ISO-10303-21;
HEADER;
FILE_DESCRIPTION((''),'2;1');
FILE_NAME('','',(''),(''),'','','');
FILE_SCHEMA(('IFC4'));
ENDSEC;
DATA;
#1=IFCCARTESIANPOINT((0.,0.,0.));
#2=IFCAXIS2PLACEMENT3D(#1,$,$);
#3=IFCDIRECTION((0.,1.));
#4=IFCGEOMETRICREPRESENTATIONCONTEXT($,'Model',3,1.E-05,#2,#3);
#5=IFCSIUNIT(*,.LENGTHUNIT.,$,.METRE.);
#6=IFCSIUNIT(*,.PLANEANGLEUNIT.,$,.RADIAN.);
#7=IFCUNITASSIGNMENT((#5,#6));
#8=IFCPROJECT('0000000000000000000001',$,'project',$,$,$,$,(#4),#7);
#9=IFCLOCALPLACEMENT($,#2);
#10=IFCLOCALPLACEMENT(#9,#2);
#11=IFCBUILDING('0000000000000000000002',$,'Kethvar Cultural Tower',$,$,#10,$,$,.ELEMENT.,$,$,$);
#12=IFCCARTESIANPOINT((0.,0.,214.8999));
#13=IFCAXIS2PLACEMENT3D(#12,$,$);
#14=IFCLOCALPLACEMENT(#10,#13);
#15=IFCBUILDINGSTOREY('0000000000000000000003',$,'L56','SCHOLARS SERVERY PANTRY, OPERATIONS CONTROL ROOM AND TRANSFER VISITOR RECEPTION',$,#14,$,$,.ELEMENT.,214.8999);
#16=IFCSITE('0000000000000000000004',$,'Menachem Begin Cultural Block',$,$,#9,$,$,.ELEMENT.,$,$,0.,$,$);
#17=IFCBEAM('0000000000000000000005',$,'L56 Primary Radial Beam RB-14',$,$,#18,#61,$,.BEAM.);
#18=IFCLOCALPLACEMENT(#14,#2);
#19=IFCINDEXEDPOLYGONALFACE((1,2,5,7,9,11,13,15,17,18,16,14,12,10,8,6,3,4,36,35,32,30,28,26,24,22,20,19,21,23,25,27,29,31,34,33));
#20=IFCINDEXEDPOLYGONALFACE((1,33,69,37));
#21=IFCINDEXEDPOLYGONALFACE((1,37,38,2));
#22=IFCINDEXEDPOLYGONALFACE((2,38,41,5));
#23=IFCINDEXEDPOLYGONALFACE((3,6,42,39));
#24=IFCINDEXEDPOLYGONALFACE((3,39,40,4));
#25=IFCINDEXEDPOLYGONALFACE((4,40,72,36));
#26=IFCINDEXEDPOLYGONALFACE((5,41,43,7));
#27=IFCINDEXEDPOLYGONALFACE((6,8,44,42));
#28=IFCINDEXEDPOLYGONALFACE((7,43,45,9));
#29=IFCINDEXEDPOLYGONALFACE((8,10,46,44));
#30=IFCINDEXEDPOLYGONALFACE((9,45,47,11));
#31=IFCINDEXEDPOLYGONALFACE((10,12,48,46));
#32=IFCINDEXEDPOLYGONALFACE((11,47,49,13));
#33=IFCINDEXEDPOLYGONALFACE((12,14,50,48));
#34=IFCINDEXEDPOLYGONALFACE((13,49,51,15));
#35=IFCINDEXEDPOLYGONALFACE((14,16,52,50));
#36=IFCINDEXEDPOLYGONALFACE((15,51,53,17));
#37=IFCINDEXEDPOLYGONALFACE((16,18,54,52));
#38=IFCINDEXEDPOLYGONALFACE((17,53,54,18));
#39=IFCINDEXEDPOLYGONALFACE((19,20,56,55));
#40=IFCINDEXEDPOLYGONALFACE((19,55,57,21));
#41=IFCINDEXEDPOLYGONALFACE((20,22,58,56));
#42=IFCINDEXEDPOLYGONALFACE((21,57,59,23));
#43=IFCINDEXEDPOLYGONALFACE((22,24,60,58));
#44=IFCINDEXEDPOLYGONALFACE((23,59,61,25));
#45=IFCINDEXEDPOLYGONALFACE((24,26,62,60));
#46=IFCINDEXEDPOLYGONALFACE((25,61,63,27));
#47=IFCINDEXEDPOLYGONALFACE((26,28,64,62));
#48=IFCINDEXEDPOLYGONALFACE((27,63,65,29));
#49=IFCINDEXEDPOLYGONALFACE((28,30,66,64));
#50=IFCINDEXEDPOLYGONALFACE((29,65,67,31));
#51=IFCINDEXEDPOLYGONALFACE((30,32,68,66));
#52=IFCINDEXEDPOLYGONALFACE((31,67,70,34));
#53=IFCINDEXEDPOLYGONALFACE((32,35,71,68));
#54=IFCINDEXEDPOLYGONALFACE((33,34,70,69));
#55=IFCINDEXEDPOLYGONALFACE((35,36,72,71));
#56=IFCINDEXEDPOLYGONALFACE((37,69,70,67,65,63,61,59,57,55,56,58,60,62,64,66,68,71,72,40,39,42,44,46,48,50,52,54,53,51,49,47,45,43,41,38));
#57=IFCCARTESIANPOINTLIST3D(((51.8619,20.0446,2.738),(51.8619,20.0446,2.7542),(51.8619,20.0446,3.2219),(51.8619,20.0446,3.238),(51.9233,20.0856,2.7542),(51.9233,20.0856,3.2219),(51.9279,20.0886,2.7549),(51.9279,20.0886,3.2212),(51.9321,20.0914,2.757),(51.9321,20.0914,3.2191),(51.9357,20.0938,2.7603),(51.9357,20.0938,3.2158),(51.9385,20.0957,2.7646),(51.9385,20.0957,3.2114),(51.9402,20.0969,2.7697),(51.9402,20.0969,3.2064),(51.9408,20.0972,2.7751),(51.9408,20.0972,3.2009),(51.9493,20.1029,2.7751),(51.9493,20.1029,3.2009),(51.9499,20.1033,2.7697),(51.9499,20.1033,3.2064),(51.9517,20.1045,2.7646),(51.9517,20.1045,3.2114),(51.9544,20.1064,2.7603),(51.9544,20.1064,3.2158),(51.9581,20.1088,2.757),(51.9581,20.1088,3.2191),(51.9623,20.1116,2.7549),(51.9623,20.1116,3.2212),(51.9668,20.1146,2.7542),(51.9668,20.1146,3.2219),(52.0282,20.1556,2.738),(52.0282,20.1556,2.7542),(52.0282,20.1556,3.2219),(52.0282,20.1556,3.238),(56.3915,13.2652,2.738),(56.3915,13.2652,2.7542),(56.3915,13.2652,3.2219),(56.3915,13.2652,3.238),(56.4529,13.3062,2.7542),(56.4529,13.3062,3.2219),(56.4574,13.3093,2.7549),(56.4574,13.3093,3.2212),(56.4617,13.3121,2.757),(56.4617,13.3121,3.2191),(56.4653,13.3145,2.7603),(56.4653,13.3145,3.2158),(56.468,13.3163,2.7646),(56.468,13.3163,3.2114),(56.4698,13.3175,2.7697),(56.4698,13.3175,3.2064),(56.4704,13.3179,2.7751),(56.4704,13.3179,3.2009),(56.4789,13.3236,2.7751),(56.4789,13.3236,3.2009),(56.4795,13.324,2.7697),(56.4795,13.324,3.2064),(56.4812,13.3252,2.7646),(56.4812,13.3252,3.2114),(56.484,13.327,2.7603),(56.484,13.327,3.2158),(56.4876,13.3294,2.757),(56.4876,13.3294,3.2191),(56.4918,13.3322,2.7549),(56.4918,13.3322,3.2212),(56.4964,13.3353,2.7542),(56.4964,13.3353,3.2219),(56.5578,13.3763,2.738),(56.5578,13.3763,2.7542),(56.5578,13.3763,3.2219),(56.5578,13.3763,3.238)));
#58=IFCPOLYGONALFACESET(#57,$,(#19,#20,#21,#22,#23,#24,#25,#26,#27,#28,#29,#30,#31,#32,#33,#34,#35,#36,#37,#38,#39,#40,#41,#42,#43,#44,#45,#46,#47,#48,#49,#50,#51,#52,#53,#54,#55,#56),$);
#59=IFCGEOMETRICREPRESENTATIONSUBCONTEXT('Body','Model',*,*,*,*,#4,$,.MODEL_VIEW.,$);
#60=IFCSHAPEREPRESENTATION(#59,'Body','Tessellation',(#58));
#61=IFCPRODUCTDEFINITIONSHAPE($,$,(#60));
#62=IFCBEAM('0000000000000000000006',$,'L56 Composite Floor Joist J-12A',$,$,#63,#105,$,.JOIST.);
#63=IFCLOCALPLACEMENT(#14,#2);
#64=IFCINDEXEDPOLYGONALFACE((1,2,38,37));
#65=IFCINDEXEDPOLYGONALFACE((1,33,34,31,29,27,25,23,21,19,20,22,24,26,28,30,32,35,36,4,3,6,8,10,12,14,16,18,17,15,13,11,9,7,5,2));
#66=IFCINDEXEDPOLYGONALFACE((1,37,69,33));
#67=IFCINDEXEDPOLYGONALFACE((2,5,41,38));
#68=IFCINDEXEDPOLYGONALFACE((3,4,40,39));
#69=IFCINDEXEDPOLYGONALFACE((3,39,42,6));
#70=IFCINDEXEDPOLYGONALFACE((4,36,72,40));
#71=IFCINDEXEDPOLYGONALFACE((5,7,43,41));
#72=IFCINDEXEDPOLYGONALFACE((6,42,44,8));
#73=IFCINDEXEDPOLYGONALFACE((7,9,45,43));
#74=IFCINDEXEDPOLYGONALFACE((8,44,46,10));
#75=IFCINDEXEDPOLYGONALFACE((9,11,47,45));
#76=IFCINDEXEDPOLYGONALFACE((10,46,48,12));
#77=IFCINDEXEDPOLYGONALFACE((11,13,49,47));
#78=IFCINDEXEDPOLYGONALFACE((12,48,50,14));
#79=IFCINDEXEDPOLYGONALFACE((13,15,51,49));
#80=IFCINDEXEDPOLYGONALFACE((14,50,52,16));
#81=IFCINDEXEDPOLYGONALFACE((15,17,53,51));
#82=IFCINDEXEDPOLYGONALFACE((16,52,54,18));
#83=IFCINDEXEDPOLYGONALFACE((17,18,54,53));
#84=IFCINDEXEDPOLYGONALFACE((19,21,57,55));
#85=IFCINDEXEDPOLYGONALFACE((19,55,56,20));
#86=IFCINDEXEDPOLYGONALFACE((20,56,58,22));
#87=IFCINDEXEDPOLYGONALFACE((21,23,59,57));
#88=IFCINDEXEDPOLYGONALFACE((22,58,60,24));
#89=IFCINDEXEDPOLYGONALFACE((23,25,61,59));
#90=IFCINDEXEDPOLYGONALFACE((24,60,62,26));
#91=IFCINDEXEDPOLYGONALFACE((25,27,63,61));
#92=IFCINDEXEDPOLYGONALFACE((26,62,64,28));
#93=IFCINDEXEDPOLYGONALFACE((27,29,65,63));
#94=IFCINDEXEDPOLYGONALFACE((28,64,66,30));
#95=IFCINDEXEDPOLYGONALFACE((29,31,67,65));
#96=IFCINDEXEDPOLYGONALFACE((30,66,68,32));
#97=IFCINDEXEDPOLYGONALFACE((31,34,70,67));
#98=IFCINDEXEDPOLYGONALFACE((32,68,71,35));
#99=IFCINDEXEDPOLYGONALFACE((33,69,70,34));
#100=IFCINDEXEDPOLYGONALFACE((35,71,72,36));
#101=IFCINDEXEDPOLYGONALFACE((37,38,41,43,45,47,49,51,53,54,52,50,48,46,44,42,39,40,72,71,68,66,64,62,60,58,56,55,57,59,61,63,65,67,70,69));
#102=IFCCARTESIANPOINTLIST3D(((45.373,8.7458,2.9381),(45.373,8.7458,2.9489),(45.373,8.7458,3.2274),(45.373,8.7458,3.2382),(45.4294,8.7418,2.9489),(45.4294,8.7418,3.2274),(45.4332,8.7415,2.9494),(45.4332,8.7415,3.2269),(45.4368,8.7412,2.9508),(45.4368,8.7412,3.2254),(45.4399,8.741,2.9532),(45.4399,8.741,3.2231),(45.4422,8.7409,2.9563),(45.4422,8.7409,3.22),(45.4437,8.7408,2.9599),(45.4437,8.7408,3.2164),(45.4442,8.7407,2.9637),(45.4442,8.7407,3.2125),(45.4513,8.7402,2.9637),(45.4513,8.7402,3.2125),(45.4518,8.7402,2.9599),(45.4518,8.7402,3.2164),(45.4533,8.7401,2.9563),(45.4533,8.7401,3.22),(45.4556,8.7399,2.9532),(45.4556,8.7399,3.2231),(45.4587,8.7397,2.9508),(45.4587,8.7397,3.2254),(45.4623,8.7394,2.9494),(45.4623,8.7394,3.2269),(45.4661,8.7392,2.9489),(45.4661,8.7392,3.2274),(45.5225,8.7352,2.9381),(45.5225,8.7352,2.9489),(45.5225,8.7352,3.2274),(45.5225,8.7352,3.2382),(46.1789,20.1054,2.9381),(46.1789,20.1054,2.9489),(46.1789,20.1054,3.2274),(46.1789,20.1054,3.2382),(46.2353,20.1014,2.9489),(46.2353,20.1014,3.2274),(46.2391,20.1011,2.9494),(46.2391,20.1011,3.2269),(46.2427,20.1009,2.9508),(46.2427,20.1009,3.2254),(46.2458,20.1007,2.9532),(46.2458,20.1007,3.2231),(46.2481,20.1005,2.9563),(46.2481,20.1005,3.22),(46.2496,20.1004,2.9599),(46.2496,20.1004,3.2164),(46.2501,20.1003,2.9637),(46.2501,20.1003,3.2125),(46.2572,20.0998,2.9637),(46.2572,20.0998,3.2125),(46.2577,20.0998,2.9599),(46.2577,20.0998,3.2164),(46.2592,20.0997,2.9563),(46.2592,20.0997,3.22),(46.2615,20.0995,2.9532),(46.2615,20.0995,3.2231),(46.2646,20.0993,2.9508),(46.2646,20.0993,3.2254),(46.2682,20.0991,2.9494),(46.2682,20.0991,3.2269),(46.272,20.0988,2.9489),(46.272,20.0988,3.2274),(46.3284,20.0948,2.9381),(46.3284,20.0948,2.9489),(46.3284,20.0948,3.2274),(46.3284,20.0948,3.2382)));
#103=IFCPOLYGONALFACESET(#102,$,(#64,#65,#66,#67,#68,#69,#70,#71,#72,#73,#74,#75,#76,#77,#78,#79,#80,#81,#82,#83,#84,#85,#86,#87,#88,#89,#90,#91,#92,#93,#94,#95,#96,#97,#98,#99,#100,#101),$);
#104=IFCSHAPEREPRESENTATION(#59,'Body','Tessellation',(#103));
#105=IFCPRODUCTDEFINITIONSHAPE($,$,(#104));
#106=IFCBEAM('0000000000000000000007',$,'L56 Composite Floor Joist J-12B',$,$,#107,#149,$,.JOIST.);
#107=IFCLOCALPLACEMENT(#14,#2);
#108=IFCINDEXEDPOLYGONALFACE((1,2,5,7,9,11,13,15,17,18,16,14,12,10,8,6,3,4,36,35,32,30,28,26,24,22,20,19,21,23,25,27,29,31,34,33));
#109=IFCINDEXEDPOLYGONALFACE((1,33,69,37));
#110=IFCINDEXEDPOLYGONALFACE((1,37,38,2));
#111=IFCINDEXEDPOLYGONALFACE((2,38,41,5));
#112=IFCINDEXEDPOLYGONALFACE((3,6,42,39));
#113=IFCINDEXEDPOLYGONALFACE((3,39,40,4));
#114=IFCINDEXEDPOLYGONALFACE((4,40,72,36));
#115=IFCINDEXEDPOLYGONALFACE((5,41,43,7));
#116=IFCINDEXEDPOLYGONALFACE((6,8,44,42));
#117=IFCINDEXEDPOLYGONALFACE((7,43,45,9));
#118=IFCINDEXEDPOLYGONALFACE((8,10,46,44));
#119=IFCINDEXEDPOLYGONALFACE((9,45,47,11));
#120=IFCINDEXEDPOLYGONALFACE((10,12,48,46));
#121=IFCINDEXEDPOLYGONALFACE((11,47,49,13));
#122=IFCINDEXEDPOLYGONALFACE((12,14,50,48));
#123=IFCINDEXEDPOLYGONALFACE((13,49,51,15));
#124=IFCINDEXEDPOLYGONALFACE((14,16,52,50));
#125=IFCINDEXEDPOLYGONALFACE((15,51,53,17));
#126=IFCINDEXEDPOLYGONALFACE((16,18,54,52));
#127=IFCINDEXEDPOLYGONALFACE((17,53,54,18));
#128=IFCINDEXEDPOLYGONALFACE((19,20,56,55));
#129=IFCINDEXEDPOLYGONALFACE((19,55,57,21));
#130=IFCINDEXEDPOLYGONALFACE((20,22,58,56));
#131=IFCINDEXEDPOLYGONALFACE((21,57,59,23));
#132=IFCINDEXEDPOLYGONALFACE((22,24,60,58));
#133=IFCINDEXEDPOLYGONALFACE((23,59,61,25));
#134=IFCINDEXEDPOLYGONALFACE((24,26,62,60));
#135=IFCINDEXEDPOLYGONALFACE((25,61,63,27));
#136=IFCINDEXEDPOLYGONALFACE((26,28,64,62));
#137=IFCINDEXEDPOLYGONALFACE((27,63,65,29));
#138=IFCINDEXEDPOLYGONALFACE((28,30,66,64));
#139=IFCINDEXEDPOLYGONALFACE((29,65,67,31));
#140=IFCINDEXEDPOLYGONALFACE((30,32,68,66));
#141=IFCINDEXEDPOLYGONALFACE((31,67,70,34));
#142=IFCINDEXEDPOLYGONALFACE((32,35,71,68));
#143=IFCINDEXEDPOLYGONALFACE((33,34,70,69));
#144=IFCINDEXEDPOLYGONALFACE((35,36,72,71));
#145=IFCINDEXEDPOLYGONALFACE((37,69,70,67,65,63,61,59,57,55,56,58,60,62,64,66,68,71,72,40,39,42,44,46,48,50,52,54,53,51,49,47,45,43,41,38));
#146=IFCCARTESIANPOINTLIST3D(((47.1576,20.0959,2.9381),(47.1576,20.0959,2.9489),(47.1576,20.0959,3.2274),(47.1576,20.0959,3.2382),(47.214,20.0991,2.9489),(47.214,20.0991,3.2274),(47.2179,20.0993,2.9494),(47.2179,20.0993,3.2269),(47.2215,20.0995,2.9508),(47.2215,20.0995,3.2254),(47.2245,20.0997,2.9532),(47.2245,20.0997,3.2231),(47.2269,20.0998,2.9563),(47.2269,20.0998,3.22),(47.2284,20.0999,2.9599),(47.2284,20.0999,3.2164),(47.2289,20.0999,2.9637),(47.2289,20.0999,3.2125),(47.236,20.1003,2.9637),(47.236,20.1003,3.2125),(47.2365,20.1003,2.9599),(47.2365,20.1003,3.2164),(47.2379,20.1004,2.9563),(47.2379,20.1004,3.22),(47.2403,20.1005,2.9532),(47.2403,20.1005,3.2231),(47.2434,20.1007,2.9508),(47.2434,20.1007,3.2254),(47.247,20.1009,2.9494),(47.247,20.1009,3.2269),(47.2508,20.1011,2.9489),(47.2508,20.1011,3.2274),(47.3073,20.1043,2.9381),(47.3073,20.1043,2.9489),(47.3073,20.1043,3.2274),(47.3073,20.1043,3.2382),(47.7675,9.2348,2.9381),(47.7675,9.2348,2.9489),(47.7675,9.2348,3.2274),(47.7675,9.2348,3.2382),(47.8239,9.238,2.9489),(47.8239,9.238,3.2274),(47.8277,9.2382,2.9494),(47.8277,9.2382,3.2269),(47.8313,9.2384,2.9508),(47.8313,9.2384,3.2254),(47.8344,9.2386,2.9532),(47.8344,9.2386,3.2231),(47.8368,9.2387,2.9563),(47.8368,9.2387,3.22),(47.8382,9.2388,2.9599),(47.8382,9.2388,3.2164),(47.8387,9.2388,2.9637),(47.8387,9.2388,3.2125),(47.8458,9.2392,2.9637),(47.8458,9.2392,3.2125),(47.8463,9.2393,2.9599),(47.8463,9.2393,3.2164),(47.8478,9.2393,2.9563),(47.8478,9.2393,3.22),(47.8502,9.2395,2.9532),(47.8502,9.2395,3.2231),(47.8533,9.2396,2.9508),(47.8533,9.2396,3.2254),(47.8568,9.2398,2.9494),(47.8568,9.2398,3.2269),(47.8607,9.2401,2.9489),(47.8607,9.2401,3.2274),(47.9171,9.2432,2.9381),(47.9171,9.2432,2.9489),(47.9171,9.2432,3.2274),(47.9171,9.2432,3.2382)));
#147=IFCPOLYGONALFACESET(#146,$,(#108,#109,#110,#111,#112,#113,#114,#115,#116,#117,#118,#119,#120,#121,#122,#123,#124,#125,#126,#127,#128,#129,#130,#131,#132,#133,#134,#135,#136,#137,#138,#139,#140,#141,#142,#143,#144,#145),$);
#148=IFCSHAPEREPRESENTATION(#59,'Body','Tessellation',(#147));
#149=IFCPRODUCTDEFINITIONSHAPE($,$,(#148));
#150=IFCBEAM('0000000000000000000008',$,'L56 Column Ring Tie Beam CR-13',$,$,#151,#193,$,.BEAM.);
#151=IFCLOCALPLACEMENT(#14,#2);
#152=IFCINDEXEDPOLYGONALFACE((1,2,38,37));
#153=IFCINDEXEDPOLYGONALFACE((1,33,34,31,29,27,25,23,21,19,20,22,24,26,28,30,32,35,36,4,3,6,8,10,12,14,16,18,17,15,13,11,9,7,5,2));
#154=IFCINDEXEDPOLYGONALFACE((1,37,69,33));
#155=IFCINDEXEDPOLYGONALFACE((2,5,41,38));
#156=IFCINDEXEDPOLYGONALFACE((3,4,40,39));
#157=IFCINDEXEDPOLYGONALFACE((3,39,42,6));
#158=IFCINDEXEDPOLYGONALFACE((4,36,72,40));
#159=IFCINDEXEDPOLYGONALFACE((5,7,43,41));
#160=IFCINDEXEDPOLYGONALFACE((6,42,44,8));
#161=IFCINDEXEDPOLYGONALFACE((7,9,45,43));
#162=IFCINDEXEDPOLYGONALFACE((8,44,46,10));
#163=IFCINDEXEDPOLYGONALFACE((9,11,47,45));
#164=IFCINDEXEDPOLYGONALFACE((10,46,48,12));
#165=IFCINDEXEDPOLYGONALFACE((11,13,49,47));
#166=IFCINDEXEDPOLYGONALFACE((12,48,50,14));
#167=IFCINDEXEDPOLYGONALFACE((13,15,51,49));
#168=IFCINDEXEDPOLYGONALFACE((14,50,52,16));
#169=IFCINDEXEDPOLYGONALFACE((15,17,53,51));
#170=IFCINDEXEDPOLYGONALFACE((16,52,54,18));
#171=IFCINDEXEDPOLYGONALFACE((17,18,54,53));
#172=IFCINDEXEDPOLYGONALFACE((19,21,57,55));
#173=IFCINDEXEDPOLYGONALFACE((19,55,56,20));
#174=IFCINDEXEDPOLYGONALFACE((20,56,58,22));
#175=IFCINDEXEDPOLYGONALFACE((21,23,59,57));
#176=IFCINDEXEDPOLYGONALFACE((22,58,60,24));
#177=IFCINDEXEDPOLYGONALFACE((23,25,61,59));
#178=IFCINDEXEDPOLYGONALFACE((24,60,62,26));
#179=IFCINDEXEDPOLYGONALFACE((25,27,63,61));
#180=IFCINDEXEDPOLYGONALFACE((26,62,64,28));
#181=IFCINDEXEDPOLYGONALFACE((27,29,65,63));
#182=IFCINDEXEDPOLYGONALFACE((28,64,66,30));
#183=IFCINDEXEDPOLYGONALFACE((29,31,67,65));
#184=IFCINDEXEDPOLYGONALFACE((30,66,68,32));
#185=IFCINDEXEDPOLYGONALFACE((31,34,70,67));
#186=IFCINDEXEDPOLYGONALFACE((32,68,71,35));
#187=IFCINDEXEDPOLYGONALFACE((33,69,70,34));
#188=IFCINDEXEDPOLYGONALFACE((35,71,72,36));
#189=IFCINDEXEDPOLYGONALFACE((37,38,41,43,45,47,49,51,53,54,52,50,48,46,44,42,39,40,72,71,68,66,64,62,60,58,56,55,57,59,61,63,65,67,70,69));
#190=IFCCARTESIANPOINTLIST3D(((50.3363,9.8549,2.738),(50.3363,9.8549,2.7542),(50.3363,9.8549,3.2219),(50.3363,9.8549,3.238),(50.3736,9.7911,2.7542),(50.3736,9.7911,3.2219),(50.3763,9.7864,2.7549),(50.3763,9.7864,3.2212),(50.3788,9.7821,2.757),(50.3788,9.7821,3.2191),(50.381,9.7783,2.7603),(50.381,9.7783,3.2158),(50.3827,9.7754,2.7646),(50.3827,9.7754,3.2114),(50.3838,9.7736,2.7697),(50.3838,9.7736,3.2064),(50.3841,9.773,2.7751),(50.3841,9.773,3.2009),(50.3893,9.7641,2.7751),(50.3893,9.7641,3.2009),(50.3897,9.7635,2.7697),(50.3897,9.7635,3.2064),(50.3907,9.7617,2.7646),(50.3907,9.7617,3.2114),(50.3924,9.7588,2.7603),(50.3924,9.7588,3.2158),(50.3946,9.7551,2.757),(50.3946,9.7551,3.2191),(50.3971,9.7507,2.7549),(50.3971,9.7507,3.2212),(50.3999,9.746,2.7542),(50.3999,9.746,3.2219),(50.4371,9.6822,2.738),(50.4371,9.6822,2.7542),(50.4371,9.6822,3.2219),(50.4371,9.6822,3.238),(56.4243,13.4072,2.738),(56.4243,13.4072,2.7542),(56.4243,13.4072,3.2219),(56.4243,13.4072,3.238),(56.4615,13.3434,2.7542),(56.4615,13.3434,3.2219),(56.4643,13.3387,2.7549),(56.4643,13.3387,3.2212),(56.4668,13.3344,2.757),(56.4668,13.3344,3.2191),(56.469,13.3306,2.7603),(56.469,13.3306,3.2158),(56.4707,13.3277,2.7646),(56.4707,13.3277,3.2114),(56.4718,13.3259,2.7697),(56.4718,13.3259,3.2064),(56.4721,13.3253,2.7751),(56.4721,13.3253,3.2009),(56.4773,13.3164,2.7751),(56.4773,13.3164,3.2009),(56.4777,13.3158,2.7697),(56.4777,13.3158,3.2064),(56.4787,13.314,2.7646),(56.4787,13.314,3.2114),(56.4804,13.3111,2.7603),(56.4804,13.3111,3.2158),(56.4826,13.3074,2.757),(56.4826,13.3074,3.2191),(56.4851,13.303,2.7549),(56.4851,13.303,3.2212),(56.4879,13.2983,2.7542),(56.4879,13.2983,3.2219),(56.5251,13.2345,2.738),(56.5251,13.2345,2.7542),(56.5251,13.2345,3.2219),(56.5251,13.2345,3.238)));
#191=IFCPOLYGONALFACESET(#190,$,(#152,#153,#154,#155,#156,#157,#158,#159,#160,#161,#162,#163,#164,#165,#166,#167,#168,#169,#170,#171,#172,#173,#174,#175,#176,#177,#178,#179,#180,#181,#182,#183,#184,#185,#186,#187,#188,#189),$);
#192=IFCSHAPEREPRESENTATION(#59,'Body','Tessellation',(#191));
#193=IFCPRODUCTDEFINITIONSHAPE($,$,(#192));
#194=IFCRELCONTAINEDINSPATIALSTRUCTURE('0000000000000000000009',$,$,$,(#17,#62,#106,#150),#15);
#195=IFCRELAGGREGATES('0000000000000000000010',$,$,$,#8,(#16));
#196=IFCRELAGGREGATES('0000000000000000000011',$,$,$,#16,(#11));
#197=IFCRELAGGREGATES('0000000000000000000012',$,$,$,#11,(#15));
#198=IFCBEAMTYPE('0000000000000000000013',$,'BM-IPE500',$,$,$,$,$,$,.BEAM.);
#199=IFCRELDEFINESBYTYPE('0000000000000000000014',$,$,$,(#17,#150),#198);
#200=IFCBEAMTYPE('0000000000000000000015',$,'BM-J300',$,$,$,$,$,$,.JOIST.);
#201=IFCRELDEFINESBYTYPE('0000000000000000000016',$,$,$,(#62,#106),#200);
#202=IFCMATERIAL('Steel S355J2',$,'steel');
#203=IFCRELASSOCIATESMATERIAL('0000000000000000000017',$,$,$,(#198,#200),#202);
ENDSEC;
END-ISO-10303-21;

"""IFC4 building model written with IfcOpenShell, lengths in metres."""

from ifc_helpers import new_model, si_unit, direction, frame, origin, origin_2d, place, context, subcontext, project, spatial, i_section, extrude, source, transform, mapped, material, material_profile, profile_set, type_object, element, save


model = new_model("IFC4")

# Units and contexts
model_context = context("Model", 3, precision=1e-05, world=origin(), true_north=direction((0.0, 1.0)))
body_context = subcontext(model_context, "Body", "Model", "MODEL_VIEW")
ifc_project = project(units=[si_unit("LENGTHUNIT", "METRE"), si_unit("PLANEANGLEUNIT", "RADIAN")], contexts=[model_context])

# Site, building, storey
site_placement = place(None, origin())
site = spatial("IfcSite", under=ifc_project, at=site_placement, Name="Menachem Begin Cultural Block", CompositionType="ELEMENT", RefElevation=0.0)
building_placement = place(site_placement, origin())
building = spatial("IfcBuilding", under=site, at=building_placement, Name="Kethvar Cultural Tower", CompositionType="ELEMENT")
storey_placement = place(building_placement, frame((0.0, 0.0, 214.8999)))
storey = spatial("IfcBuildingStorey", under=building, at=storey_placement, Name="L56", Description="SCHOLARS SERVERY PANTRY, OPERATIONS CONTROL ROOM AND TRANSFER VISITOR RECEPTION", CompositionType="ELEMENT", Elevation=214.8999)

# Beams
ifc_material_1 = material(Name="Steel S355J2", Category="steel")
ifc_material_profile_1 = material_profile(ifc_material_1, i_section(OverallWidth=0.2, OverallDepth=0.5, WebThickness=0.0103, FlangeThickness=0.0161, FilletRadius=0.021, at=origin_2d()), Name="Steel S355J2 — IPE500")
ifc_profile_set_1 = profile_set([ifc_material_profile_1], Name="Steel S355J2 — IPE500")
beam_type_1 = type_object("IfcBeamType", Name="BM-IPE500", PredefinedType="BEAM", material=ifc_profile_set_1)
shared_shape_1 = source(origin(), body_context, "Body", "SweptSolid", [
    extrude(i_section(OverallWidth=0.2, OverallDepth=0.5, WebThickness=0.0103, FlangeThickness=0.0161, FilletRadius=0.021, at=origin_2d()), origin(), (0.0, 0.0, 1.0), 8.1533),
])
beam_1_placement = place(storey_placement, frame((51.9451, 20.1001, 2.988), z_axis=(0.55555, -0.831483, 0.0), x_axis=(0.831483, 0.55555, 0.0)))
element("IfcBeam", 1, at=beam_1_placement, inside=storey, type_object=beam_type_1, Name="L56 Primary Radial Beam RB-14", PredefinedType="BEAM", context=body_context, shape_type="MappedRepresentation", body=[
    mapped(shared_shape_1, transform((0.0, 0.0, 0.0), scale=1.0)),
])
ifc_material_profile_2 = material_profile(ifc_material_1, i_section(OverallWidth=0.1499, OverallDepth=0.3, WebThickness=0.0071, FlangeThickness=0.0107, FilletRadius=0.0149, at=origin_2d()), Name="Steel S355J2 — IPE300")
ifc_profile_set_2 = profile_set([ifc_material_profile_2], Name="Steel S355J2 — IPE300")
beam_type_2 = type_object("IfcBeamType", Name="BM-J300", PredefinedType="JOIST", material=ifc_profile_set_2)
shared_shape_2 = source(origin(), body_context, "Body", "SweptSolid", [
    extrude(i_section(OverallWidth=0.1499, OverallDepth=0.3, WebThickness=0.0071, FlangeThickness=0.0107, FilletRadius=0.0149, at=origin_2d()), origin(), (0.0, 0.0, 1.0), 11.3882),
])
beam_2_placement = place(storey_placement, frame((46.2537, 20.1001, 3.0881), z_axis=(-0.070767, -0.997493, 0.0), x_axis=(0.997493, -0.070767, 0.0)))
element("IfcBeam", 2, at=beam_2_placement, inside=storey, type_object=beam_type_2, Name="L56 Composite Floor Joist J-12A", PredefinedType="JOIST", context=body_context, shape_type="MappedRepresentation", body=[
    mapped(shared_shape_2, transform((0.0, 0.0, 0.0), scale=1.0)),
])
shared_shape_3 = source(origin(), body_context, "Body", "SweptSolid", [
    extrude(i_section(OverallWidth=0.1499, OverallDepth=0.3, WebThickness=0.0071, FlangeThickness=0.0107, FilletRadius=0.0149, at=origin_2d()), origin(), (0.0, 0.0, 1.0), 10.8782),
])
beam_3_placement = place(storey_placement, frame((47.2324, 20.1001, 3.0881), z_axis=(0.056063, -0.998427, 0.0), x_axis=(0.998427, 0.056063, 0.0)))
element("IfcBeam", 3, at=beam_3_placement, inside=storey, type_object=beam_type_2, Name="L56 Composite Floor Joist J-12B", PredefinedType="JOIST", context=body_context, shape_type="MappedRepresentation", body=[
    mapped(shared_shape_3, transform((0.0, 0.0, 0.0), scale=1.0)),
])
shared_shape_4 = source(origin(), body_context, "Body", "SweptSolid", [
    extrude(i_section(OverallWidth=0.2, OverallDepth=0.5, WebThickness=0.0103, FlangeThickness=0.0161, FilletRadius=0.021, at=origin_2d()), origin(), (0.0, 0.0, 1.0), 7.0486),
])
beam_4_placement = place(storey_placement, frame((50.3867, 9.7686, 2.988), z_axis=(0.863719, 0.503974, 0.0), x_axis=(-0.503974, 0.863719, 0.0)))
element("IfcBeam", 4, at=beam_4_placement, inside=storey, type_object=beam_type_1, Name="L56 Column Ring Tie Beam CR-13", PredefinedType="BEAM", context=body_context, shape_type="MappedRepresentation", body=[
    mapped(shared_shape_4, transform((0.0, 0.0, 0.0), scale=1.0)),
])

save(model, "model.ifc")
